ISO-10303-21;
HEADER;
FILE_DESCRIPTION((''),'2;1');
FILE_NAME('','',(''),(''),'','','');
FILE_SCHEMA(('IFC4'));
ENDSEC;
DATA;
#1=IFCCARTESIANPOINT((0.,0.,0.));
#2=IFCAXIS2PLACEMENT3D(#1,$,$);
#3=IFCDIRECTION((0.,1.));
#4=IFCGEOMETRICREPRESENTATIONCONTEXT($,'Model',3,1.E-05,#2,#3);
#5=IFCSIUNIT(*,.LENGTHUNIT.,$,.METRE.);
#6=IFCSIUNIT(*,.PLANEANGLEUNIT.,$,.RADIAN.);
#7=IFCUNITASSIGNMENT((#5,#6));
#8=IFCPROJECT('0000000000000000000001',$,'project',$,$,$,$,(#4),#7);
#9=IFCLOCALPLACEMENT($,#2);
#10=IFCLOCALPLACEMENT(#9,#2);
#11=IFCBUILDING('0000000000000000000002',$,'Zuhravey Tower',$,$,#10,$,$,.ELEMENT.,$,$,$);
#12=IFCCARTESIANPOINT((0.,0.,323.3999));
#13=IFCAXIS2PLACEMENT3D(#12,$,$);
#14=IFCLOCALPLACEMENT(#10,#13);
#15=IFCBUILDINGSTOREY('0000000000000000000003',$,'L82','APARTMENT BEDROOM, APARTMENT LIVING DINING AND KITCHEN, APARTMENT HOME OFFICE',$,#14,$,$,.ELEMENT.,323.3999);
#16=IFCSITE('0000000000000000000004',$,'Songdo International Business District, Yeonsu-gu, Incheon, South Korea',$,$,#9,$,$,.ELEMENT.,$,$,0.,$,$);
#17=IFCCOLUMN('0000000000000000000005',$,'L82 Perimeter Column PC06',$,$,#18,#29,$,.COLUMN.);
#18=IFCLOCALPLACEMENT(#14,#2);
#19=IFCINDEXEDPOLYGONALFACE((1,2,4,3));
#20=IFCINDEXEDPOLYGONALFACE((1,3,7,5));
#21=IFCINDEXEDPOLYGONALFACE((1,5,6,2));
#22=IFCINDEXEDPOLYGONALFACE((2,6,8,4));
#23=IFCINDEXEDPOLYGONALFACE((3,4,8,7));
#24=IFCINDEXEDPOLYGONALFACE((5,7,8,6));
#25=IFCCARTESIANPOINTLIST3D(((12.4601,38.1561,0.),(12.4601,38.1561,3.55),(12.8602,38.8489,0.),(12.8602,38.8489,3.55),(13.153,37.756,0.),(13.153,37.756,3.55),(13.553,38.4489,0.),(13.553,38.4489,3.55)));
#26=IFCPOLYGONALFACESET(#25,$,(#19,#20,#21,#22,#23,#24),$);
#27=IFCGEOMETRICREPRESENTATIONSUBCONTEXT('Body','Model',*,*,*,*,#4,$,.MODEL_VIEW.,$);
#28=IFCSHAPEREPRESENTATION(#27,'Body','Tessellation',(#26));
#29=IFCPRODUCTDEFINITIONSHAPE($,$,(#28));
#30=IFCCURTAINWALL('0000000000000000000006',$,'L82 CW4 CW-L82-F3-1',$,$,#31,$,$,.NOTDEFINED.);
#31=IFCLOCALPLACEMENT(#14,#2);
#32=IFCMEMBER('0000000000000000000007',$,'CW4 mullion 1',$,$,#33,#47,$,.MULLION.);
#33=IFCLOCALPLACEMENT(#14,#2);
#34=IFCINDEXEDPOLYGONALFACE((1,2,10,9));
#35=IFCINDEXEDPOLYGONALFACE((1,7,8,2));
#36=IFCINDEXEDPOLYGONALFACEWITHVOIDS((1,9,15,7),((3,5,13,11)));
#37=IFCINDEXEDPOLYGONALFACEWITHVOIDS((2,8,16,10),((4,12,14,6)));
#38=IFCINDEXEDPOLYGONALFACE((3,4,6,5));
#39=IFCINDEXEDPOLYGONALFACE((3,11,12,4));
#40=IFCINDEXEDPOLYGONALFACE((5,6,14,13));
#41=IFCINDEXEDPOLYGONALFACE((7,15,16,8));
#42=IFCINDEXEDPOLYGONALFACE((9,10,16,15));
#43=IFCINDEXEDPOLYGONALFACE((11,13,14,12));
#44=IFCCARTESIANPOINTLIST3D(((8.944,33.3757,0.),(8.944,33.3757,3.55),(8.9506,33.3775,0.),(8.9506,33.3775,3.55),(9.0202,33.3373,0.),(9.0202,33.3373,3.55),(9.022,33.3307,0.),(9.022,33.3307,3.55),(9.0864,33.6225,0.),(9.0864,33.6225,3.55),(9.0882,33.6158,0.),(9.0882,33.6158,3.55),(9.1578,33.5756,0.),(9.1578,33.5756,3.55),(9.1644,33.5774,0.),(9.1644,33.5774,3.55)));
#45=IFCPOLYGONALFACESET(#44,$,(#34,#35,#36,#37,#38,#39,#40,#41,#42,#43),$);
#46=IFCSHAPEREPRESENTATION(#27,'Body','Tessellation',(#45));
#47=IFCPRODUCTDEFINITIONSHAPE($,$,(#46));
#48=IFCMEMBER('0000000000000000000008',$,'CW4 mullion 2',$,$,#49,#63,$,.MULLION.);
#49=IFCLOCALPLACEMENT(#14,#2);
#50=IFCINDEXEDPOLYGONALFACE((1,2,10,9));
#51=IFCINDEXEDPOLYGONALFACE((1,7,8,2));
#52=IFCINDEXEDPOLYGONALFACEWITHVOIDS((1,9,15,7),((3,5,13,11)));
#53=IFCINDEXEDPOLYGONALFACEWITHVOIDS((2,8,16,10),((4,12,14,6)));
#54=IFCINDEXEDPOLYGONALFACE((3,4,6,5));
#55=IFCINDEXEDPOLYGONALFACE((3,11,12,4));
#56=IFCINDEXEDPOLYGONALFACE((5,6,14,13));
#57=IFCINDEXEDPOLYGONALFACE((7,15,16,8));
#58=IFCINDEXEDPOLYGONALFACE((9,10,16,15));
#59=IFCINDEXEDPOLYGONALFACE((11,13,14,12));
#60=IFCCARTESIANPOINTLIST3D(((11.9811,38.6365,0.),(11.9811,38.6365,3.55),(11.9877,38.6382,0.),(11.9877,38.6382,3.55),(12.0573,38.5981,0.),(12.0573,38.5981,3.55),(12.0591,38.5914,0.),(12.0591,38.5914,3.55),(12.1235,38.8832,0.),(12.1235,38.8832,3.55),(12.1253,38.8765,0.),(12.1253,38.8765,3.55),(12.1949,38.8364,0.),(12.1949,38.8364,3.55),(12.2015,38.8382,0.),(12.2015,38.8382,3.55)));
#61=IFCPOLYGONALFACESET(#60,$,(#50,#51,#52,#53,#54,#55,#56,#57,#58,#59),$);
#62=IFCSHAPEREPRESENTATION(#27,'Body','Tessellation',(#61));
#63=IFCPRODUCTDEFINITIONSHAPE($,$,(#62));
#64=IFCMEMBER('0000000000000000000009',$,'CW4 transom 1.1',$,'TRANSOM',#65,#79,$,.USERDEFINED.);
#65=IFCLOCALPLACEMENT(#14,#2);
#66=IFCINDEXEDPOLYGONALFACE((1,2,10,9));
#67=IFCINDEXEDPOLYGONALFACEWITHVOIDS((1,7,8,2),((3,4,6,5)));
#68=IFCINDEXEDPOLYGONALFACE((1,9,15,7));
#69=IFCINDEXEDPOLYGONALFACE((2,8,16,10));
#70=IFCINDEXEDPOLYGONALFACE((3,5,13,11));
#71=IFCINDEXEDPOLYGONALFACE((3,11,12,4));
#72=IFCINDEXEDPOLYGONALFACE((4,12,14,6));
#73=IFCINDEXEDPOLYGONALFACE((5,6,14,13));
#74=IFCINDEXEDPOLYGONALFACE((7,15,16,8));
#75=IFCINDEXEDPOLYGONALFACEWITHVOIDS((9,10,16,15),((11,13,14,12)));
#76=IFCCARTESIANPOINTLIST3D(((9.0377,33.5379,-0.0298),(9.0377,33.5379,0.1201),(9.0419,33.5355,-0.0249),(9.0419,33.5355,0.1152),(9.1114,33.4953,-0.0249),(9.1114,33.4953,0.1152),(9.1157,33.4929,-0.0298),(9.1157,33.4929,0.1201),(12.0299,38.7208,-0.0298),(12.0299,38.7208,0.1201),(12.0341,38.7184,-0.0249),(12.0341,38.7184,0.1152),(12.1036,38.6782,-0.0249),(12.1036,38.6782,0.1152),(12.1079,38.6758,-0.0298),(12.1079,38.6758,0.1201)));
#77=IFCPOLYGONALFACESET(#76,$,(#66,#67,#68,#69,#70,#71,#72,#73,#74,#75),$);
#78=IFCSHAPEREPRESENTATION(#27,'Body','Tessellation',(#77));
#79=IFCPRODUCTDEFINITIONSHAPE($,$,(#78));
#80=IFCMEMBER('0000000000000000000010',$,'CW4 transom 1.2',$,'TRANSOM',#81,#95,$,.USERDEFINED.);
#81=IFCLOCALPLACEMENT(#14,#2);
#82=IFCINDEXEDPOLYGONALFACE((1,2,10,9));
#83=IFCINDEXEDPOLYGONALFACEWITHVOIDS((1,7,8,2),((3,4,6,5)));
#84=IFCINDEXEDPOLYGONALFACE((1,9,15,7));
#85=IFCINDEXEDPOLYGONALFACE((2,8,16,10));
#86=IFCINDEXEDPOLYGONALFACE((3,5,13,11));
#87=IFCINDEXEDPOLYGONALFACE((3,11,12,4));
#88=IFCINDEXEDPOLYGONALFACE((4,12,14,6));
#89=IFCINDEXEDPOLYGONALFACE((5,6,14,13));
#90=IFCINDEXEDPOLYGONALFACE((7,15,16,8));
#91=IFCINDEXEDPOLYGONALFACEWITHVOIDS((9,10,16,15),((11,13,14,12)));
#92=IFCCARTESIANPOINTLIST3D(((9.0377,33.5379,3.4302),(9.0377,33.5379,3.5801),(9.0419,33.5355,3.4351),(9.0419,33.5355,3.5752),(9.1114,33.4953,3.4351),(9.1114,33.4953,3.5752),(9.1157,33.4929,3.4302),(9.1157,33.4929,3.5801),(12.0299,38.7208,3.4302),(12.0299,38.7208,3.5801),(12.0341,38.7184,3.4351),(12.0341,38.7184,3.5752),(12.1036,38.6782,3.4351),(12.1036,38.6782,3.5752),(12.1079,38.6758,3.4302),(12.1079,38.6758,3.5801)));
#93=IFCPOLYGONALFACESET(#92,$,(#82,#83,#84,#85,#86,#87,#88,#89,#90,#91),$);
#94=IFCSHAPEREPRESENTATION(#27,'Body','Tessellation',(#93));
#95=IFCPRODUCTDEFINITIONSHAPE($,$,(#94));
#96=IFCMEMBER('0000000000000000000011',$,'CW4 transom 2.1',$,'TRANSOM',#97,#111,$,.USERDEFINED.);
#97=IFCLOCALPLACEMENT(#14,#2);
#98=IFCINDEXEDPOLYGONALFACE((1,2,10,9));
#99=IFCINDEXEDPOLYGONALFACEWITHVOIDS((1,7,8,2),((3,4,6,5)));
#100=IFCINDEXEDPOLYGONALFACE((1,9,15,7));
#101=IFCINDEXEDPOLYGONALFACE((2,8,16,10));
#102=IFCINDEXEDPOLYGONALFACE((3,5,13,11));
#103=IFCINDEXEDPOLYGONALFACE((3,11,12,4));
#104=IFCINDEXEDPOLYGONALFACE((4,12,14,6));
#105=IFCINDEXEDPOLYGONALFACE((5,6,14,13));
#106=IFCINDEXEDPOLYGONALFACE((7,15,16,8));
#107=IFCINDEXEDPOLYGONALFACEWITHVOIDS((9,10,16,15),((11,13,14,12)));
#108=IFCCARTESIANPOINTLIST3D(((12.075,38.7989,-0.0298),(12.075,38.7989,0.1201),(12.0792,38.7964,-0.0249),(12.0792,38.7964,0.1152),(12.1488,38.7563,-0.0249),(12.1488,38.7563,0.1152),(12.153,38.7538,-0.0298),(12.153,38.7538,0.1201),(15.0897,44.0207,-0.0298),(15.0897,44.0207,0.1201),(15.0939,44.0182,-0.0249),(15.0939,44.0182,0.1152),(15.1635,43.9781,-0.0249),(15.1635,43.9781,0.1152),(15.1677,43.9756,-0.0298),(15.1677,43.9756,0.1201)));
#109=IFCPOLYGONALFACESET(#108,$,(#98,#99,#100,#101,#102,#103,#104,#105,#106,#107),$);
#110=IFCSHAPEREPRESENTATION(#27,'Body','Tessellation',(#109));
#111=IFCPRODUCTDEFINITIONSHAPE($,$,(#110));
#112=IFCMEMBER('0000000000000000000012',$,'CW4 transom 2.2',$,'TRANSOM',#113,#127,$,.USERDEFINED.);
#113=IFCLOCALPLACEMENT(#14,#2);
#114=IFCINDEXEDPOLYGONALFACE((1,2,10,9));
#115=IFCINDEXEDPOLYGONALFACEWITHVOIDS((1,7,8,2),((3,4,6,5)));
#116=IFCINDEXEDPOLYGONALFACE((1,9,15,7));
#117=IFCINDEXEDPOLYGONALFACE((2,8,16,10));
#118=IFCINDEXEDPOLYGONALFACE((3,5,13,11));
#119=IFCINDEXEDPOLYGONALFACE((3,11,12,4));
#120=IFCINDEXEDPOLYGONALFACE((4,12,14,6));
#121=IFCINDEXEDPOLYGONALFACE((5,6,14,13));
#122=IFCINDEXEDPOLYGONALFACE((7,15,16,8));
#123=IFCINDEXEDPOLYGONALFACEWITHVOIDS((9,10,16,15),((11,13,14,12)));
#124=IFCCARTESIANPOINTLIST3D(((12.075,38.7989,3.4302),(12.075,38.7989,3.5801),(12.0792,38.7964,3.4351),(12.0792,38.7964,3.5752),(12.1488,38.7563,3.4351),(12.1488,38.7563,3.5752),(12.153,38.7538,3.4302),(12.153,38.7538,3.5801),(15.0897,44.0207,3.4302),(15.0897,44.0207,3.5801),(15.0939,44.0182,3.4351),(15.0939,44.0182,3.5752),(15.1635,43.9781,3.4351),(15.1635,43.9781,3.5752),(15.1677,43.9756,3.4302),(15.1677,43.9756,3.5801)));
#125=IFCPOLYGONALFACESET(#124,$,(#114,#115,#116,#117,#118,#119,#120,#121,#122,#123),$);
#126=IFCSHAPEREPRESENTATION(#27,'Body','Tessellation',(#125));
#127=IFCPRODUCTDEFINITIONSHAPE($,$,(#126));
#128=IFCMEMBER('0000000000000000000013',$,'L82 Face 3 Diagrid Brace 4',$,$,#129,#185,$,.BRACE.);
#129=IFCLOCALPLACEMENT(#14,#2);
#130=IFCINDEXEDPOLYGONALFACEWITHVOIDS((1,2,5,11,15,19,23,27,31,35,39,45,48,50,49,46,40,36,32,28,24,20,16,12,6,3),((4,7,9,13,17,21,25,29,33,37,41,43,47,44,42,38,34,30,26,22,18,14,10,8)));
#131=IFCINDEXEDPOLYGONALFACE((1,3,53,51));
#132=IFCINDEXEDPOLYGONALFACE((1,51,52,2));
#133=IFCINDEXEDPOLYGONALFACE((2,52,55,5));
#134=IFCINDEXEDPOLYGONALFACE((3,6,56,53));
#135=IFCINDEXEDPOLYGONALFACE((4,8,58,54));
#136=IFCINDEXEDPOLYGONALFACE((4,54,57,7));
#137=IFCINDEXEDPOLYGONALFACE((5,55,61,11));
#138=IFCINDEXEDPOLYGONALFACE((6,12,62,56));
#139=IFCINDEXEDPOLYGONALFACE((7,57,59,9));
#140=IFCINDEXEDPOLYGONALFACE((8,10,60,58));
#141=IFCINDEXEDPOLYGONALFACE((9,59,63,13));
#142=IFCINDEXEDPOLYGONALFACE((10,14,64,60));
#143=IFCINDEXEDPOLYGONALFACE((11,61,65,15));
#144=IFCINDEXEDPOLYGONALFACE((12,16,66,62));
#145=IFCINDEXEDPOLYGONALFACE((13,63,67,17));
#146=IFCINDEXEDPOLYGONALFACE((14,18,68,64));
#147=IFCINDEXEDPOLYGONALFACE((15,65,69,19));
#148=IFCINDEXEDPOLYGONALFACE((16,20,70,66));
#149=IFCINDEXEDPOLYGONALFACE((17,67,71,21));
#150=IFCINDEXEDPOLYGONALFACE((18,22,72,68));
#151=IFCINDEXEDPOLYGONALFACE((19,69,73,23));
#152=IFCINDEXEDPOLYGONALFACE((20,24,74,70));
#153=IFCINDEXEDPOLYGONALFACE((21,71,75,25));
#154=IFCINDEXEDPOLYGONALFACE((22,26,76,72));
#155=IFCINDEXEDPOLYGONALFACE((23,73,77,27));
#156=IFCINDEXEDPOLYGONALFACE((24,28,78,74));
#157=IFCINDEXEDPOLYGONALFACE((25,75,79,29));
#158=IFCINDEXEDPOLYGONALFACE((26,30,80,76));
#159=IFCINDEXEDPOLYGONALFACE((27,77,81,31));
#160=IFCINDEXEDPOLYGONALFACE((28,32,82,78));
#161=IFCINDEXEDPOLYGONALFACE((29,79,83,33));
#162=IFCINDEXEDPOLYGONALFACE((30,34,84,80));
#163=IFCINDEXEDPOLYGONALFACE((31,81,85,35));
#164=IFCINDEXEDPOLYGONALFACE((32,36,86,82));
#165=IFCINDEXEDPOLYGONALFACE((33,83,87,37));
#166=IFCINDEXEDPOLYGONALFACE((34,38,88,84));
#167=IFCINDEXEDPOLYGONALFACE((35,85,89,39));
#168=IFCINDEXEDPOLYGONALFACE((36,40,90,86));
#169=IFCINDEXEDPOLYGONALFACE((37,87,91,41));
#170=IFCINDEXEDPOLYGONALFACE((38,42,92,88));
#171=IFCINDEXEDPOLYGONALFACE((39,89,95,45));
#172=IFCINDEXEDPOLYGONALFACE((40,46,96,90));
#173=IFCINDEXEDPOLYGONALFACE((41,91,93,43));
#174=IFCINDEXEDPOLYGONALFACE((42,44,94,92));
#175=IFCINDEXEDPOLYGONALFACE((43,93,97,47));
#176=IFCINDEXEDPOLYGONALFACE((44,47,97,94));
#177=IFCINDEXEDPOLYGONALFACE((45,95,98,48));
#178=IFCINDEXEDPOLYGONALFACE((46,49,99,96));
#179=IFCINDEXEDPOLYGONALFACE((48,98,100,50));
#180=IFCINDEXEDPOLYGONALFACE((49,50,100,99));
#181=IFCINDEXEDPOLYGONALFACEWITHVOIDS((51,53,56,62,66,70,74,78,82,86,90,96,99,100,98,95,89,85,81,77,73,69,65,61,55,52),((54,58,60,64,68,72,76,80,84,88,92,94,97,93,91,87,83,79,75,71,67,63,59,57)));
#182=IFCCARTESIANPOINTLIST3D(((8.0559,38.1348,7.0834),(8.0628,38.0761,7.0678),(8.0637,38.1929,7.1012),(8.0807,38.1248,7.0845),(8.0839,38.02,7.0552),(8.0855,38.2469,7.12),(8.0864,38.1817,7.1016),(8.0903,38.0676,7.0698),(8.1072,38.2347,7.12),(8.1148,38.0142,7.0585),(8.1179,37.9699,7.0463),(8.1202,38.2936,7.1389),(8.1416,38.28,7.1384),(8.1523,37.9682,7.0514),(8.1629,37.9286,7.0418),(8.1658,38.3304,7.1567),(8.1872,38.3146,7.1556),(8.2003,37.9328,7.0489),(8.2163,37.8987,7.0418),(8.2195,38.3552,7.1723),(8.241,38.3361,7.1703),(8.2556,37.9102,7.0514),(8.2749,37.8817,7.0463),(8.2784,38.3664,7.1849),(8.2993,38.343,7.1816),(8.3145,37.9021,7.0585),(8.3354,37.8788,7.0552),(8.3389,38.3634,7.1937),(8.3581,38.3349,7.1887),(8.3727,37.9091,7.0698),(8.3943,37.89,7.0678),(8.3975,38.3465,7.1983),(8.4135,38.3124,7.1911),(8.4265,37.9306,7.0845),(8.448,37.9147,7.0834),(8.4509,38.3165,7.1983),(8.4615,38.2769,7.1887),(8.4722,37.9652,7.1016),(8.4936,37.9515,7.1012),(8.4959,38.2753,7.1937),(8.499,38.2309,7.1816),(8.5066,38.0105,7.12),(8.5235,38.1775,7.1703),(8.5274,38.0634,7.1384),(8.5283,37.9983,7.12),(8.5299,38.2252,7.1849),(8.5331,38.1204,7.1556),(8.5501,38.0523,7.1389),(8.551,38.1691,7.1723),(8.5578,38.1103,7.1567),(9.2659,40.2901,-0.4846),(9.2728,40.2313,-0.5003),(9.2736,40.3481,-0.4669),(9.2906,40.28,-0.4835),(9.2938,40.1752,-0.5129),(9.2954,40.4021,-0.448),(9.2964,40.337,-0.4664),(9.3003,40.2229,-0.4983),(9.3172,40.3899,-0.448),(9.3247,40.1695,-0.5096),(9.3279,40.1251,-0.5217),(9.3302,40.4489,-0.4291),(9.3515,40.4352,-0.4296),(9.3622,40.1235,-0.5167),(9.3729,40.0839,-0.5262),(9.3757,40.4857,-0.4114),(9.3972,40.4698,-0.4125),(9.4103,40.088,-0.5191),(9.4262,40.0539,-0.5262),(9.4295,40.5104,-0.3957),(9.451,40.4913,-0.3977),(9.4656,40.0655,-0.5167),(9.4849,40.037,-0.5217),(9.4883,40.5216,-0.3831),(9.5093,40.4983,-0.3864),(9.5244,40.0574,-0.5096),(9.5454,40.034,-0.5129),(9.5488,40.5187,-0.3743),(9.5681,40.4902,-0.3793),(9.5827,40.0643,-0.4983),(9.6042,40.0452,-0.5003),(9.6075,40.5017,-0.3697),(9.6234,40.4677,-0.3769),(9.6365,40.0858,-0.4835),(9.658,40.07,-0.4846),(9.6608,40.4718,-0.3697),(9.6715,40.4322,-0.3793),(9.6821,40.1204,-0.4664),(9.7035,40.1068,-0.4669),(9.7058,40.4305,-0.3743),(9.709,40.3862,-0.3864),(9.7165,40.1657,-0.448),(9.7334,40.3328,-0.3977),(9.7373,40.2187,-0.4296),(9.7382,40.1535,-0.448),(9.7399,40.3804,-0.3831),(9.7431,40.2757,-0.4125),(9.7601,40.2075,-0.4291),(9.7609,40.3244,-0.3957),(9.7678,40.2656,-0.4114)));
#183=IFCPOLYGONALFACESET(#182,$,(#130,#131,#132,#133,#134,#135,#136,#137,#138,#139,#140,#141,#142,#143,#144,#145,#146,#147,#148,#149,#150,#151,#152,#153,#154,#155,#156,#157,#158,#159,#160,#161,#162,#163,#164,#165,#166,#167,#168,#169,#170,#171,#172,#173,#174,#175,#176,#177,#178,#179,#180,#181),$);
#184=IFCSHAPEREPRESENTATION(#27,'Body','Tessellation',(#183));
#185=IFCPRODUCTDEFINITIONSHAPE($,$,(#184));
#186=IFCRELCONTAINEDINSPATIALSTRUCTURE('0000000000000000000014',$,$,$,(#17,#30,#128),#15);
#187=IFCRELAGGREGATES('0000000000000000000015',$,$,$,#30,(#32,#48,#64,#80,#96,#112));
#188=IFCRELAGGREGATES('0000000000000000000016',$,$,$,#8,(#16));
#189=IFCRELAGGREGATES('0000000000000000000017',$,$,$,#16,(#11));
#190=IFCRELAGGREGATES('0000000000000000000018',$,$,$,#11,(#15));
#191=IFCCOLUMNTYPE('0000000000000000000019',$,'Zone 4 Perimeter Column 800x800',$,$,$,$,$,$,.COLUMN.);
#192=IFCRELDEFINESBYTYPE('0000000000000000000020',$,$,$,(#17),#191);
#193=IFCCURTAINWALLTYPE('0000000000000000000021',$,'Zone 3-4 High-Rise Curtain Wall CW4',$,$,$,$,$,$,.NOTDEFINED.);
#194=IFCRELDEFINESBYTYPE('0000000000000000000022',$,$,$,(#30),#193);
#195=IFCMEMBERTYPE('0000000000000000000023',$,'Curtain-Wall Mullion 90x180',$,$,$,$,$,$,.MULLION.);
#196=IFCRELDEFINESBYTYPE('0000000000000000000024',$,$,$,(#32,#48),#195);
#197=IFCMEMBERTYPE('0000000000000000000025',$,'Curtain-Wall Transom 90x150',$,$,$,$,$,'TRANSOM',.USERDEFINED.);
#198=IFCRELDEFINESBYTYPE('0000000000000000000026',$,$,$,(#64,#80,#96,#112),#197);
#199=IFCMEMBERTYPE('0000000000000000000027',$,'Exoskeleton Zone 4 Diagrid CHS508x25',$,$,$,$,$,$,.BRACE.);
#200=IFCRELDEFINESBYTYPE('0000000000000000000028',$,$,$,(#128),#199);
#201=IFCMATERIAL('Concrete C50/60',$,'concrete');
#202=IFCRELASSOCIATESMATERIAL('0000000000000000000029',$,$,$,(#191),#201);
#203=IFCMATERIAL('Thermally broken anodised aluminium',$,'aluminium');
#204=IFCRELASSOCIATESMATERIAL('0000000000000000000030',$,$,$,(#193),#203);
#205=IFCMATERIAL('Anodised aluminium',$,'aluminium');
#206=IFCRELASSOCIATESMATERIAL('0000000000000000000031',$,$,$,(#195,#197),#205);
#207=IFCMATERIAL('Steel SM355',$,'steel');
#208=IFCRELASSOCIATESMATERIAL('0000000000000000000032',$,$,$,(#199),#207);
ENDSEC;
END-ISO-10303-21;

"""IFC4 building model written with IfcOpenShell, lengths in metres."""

from ifc_helpers import new_model, si_unit, direction, frame, origin, origin_2d, place, context, subcontext, project, spatial, rectangle, hollow_rectangle, hollow_circle, extrude, material, material_profile, profile_set, type_object, element, aggregate, save


model = new_model("IFC4")

# Units and contexts
model_context = context("Model", 3, precision=1e-05, world=origin(), true_north=direction((0.0, 1.0)))
body_context = subcontext(model_context, "Body", "Model", "MODEL_VIEW")
ifc_project = project(units=[si_unit("LENGTHUNIT", "METRE"), si_unit("PLANEANGLEUNIT", "RADIAN")], contexts=[model_context])

# Site, building, storey
site_placement = place(None, origin())
site = spatial("IfcSite", under=ifc_project, at=site_placement, Name="Songdo International Business District, Yeonsu-gu, Incheon, South Korea", CompositionType="ELEMENT", RefElevation=0.0)
building_placement = place(site_placement, origin())
building = spatial("IfcBuilding", under=site, at=building_placement, Name="Zuhravey Tower", CompositionType="ELEMENT")
storey_placement = place(building_placement, frame((0.0, 0.0, 323.3999)))
storey = spatial("IfcBuildingStorey", under=building, at=storey_placement, Name="L82", Description="APARTMENT BEDROOM, APARTMENT LIVING DINING AND KITCHEN, APARTMENT HOME OFFICE", CompositionType="ELEMENT", Elevation=323.3999)

# Column
ifc_material_1 = material(Name="Concrete C50/60", Category="concrete")
ifc_material_profile_1 = material_profile(ifc_material_1, rectangle(XDim=0.8, YDim=0.8, at=origin_2d()), Name="RC-800x800")
ifc_profile_set_1 = profile_set([ifc_material_profile_1], Name="Concrete C50/60")
column_type = type_object("IfcColumnType", Name="Zone 4 Perimeter Column 800x800", PredefinedType="COLUMN", material=ifc_profile_set_1)
column_placement = place(storey_placement, frame((13.0066, 38.3025, 0.0), z_axis=(0.0, 0.0, 1.0), x_axis=(-0.5, -0.866025, 0.0)))
element("IfcColumn", 1, at=column_placement, inside=storey, type_object=column_type, Name="L82 Perimeter Column PC06", PredefinedType="COLUMN", context=body_context, shape_type="SweptSolid", body=[
    extrude(rectangle(XDim=0.8, YDim=0.8, at=origin_2d()), origin(), (0.0, 0.0, 1.0), 3.55),
])

# Curtain wall, members
ifc_material_2 = material(Name="Thermally broken anodised aluminium", Category="aluminium")
curtain_wall_type = type_object("IfcCurtainWallType", Name="Zone 3-4 High-Rise Curtain Wall CW4", PredefinedType="NOTDEFINED", material=ifc_material_2)
curtain_wall_placement = place(storey_placement, origin())
curtain_wall = element("IfcCurtainWall", 2, at=curtain_wall_placement, inside=storey, type_object=curtain_wall_type, Name="L82 CW4 CW-L82-F3-1", PredefinedType="NOTDEFINED")
ifc_material_3 = material(Name="Anodised aluminium", Category="aluminium")
ifc_material_profile_2 = material_profile(ifc_material_3, hollow_rectangle(XDim=0.0901, YDim=0.2849, WallThickness=0.0049, at=origin_2d()), Name="ALU-RHS-90x285x5")
ifc_profile_set_2 = profile_set([ifc_material_profile_2], Name="Anodised aluminium")
member_type_1 = type_object("IfcMemberType", Name="Curtain-Wall Mullion 90x180", PredefinedType="MULLION", material=ifc_profile_set_2)
member_1_placement = place(storey_placement, frame((9.0542, 33.4766, 0.0), z_axis=(0.0, 0.0, 1.0), x_axis=(-0.866026, 0.5, 0.0)))
member_1 = element("IfcMember", 3, at=member_1_placement, type_object=member_type_1, Name="CW4 mullion 1", PredefinedType="MULLION", context=body_context, shape_type="SweptSolid", body=[
    extrude(hollow_rectangle(XDim=0.0901, YDim=0.2849, WallThickness=0.0049, at=origin_2d()), origin(), (0.0, 0.0, 1.0), 3.55),
])
member_2_placement = place(storey_placement, frame((12.0913, 38.7373, 0.0), z_axis=(0.0, 0.0, 1.0), x_axis=(-0.866026, 0.5, 0.0)))
member_2 = element("IfcMember", 4, at=member_2_placement, type_object=member_type_1, Name="CW4 mullion 2", PredefinedType="MULLION", context=body_context, shape_type="SweptSolid", body=[
    extrude(hollow_rectangle(XDim=0.0901, YDim=0.2849, WallThickness=0.0049, at=origin_2d()), origin(), (0.0, 0.0, 1.0), 3.55),
])
ifc_material_profile_3 = material_profile(ifc_material_3, hollow_rectangle(XDim=0.0901, YDim=0.1499, WallThickness=0.0049, at=origin_2d()), Name="ALU-RHS-90x150x5")
ifc_profile_set_3 = profile_set([ifc_material_profile_3], Name="Anodised aluminium")
member_type_2 = type_object("IfcMemberType", Name="Curtain-Wall Transom 90x150", ElementType="TRANSOM", PredefinedType="USERDEFINED", material=ifc_profile_set_3)
member_3_placement = place(storey_placement, frame((9.0767, 33.5154, 0.0452), z_axis=(0.499983, 0.866035, 0.0), x_axis=(-0.866035, 0.499983, 0.0)))
member_3 = element("IfcMember", 5, at=member_3_placement, type_object=member_type_2, Name="CW4 transom 1.1", ObjectType="TRANSOM", PredefinedType="USERDEFINED", context=body_context, shape_type="SweptSolid", body=[
    extrude(hollow_rectangle(XDim=0.0901, YDim=0.1499, WallThickness=0.0049, at=origin_2d()), origin(), (0.0, 0.0, 1.0), 5.9846),
])
member_4_placement = place(storey_placement, frame((9.0767, 33.5154, 3.5051), z_axis=(0.499983, 0.866035, 0.0), x_axis=(-0.866035, 0.499983, 0.0)))
member_4 = element("IfcMember", 6, at=member_4_placement, type_object=member_type_2, Name="CW4 transom 1.2", ObjectType="TRANSOM", PredefinedType="USERDEFINED", context=body_context, shape_type="SweptSolid", body=[
    extrude(hollow_rectangle(XDim=0.0901, YDim=0.1499, WallThickness=0.0049, at=origin_2d()), origin(), (0.0, 0.0, 1.0), 5.9846),
])
member_5_placement = place(storey_placement, frame((12.114, 38.7764, 0.0452), z_axis=(0.499989, 0.866032, 0.0), x_axis=(-0.866032, 0.499989, 0.0)))
member_5 = element("IfcMember", 7, at=member_5_placement, type_object=member_type_2, Name="CW4 transom 2.1", ObjectType="TRANSOM", PredefinedType="USERDEFINED", context=body_context, shape_type="SweptSolid", body=[
    extrude(hollow_rectangle(XDim=0.0901, YDim=0.1499, WallThickness=0.0049, at=origin_2d()), origin(), (0.0, 0.0, 1.0), 6.0295),
])
member_6_placement = place(storey_placement, frame((12.114, 38.7764, 3.5051), z_axis=(0.499989, 0.866032, 0.0), x_axis=(-0.866032, 0.499989, 0.0)))
member_6 = element("IfcMember", 8, at=member_6_placement, type_object=member_type_2, Name="CW4 transom 2.2", ObjectType="TRANSOM", PredefinedType="USERDEFINED", context=body_context, shape_type="SweptSolid", body=[
    extrude(hollow_rectangle(XDim=0.0901, YDim=0.1499, WallThickness=0.0049, at=origin_2d()), origin(), (0.0, 0.0, 1.0), 6.0295),
])

# Member
ifc_material_4 = material(Name="Steel SM355", Category="steel")
ifc_material_profile_4 = material_profile(ifc_material_4, hollow_circle(Radius=0.2539, WallThickness=0.0249, at=origin_2d()), Name="CHS-508.0x25")
ifc_profile_set_4 = profile_set([ifc_material_profile_4], Name="Steel SM355")
member_type_3 = type_object("IfcMemberType", Name="Exoskeleton Zone 4 Diagrid CHS508x25", PredefinedType="BRACE", material=ifc_profile_set_4)
member_7_placement = place(storey_placement, frame((9.5168, 40.2778, -0.448), z_axis=(-0.151976, -0.270712, 0.950588), x_axis=(0.871987, -0.489529, 0.0)))
element("IfcMember", 9, at=member_7_placement, inside=storey, type_object=member_type_3, Name="L82 Face 3 Diagrid Brace 4", PredefinedType="BRACE", context=body_context, shape_type="SweptSolid", body=[
    extrude(hollow_circle(Radius=0.2539, WallThickness=0.0249, at=origin_2d()), origin(), (0.0, 0.0, 1.0), 7.9614),
])

aggregate(curtain_wall, [member_1, member_2, member_3, member_4, member_5, member_6])

save(model, "model.ifc")
